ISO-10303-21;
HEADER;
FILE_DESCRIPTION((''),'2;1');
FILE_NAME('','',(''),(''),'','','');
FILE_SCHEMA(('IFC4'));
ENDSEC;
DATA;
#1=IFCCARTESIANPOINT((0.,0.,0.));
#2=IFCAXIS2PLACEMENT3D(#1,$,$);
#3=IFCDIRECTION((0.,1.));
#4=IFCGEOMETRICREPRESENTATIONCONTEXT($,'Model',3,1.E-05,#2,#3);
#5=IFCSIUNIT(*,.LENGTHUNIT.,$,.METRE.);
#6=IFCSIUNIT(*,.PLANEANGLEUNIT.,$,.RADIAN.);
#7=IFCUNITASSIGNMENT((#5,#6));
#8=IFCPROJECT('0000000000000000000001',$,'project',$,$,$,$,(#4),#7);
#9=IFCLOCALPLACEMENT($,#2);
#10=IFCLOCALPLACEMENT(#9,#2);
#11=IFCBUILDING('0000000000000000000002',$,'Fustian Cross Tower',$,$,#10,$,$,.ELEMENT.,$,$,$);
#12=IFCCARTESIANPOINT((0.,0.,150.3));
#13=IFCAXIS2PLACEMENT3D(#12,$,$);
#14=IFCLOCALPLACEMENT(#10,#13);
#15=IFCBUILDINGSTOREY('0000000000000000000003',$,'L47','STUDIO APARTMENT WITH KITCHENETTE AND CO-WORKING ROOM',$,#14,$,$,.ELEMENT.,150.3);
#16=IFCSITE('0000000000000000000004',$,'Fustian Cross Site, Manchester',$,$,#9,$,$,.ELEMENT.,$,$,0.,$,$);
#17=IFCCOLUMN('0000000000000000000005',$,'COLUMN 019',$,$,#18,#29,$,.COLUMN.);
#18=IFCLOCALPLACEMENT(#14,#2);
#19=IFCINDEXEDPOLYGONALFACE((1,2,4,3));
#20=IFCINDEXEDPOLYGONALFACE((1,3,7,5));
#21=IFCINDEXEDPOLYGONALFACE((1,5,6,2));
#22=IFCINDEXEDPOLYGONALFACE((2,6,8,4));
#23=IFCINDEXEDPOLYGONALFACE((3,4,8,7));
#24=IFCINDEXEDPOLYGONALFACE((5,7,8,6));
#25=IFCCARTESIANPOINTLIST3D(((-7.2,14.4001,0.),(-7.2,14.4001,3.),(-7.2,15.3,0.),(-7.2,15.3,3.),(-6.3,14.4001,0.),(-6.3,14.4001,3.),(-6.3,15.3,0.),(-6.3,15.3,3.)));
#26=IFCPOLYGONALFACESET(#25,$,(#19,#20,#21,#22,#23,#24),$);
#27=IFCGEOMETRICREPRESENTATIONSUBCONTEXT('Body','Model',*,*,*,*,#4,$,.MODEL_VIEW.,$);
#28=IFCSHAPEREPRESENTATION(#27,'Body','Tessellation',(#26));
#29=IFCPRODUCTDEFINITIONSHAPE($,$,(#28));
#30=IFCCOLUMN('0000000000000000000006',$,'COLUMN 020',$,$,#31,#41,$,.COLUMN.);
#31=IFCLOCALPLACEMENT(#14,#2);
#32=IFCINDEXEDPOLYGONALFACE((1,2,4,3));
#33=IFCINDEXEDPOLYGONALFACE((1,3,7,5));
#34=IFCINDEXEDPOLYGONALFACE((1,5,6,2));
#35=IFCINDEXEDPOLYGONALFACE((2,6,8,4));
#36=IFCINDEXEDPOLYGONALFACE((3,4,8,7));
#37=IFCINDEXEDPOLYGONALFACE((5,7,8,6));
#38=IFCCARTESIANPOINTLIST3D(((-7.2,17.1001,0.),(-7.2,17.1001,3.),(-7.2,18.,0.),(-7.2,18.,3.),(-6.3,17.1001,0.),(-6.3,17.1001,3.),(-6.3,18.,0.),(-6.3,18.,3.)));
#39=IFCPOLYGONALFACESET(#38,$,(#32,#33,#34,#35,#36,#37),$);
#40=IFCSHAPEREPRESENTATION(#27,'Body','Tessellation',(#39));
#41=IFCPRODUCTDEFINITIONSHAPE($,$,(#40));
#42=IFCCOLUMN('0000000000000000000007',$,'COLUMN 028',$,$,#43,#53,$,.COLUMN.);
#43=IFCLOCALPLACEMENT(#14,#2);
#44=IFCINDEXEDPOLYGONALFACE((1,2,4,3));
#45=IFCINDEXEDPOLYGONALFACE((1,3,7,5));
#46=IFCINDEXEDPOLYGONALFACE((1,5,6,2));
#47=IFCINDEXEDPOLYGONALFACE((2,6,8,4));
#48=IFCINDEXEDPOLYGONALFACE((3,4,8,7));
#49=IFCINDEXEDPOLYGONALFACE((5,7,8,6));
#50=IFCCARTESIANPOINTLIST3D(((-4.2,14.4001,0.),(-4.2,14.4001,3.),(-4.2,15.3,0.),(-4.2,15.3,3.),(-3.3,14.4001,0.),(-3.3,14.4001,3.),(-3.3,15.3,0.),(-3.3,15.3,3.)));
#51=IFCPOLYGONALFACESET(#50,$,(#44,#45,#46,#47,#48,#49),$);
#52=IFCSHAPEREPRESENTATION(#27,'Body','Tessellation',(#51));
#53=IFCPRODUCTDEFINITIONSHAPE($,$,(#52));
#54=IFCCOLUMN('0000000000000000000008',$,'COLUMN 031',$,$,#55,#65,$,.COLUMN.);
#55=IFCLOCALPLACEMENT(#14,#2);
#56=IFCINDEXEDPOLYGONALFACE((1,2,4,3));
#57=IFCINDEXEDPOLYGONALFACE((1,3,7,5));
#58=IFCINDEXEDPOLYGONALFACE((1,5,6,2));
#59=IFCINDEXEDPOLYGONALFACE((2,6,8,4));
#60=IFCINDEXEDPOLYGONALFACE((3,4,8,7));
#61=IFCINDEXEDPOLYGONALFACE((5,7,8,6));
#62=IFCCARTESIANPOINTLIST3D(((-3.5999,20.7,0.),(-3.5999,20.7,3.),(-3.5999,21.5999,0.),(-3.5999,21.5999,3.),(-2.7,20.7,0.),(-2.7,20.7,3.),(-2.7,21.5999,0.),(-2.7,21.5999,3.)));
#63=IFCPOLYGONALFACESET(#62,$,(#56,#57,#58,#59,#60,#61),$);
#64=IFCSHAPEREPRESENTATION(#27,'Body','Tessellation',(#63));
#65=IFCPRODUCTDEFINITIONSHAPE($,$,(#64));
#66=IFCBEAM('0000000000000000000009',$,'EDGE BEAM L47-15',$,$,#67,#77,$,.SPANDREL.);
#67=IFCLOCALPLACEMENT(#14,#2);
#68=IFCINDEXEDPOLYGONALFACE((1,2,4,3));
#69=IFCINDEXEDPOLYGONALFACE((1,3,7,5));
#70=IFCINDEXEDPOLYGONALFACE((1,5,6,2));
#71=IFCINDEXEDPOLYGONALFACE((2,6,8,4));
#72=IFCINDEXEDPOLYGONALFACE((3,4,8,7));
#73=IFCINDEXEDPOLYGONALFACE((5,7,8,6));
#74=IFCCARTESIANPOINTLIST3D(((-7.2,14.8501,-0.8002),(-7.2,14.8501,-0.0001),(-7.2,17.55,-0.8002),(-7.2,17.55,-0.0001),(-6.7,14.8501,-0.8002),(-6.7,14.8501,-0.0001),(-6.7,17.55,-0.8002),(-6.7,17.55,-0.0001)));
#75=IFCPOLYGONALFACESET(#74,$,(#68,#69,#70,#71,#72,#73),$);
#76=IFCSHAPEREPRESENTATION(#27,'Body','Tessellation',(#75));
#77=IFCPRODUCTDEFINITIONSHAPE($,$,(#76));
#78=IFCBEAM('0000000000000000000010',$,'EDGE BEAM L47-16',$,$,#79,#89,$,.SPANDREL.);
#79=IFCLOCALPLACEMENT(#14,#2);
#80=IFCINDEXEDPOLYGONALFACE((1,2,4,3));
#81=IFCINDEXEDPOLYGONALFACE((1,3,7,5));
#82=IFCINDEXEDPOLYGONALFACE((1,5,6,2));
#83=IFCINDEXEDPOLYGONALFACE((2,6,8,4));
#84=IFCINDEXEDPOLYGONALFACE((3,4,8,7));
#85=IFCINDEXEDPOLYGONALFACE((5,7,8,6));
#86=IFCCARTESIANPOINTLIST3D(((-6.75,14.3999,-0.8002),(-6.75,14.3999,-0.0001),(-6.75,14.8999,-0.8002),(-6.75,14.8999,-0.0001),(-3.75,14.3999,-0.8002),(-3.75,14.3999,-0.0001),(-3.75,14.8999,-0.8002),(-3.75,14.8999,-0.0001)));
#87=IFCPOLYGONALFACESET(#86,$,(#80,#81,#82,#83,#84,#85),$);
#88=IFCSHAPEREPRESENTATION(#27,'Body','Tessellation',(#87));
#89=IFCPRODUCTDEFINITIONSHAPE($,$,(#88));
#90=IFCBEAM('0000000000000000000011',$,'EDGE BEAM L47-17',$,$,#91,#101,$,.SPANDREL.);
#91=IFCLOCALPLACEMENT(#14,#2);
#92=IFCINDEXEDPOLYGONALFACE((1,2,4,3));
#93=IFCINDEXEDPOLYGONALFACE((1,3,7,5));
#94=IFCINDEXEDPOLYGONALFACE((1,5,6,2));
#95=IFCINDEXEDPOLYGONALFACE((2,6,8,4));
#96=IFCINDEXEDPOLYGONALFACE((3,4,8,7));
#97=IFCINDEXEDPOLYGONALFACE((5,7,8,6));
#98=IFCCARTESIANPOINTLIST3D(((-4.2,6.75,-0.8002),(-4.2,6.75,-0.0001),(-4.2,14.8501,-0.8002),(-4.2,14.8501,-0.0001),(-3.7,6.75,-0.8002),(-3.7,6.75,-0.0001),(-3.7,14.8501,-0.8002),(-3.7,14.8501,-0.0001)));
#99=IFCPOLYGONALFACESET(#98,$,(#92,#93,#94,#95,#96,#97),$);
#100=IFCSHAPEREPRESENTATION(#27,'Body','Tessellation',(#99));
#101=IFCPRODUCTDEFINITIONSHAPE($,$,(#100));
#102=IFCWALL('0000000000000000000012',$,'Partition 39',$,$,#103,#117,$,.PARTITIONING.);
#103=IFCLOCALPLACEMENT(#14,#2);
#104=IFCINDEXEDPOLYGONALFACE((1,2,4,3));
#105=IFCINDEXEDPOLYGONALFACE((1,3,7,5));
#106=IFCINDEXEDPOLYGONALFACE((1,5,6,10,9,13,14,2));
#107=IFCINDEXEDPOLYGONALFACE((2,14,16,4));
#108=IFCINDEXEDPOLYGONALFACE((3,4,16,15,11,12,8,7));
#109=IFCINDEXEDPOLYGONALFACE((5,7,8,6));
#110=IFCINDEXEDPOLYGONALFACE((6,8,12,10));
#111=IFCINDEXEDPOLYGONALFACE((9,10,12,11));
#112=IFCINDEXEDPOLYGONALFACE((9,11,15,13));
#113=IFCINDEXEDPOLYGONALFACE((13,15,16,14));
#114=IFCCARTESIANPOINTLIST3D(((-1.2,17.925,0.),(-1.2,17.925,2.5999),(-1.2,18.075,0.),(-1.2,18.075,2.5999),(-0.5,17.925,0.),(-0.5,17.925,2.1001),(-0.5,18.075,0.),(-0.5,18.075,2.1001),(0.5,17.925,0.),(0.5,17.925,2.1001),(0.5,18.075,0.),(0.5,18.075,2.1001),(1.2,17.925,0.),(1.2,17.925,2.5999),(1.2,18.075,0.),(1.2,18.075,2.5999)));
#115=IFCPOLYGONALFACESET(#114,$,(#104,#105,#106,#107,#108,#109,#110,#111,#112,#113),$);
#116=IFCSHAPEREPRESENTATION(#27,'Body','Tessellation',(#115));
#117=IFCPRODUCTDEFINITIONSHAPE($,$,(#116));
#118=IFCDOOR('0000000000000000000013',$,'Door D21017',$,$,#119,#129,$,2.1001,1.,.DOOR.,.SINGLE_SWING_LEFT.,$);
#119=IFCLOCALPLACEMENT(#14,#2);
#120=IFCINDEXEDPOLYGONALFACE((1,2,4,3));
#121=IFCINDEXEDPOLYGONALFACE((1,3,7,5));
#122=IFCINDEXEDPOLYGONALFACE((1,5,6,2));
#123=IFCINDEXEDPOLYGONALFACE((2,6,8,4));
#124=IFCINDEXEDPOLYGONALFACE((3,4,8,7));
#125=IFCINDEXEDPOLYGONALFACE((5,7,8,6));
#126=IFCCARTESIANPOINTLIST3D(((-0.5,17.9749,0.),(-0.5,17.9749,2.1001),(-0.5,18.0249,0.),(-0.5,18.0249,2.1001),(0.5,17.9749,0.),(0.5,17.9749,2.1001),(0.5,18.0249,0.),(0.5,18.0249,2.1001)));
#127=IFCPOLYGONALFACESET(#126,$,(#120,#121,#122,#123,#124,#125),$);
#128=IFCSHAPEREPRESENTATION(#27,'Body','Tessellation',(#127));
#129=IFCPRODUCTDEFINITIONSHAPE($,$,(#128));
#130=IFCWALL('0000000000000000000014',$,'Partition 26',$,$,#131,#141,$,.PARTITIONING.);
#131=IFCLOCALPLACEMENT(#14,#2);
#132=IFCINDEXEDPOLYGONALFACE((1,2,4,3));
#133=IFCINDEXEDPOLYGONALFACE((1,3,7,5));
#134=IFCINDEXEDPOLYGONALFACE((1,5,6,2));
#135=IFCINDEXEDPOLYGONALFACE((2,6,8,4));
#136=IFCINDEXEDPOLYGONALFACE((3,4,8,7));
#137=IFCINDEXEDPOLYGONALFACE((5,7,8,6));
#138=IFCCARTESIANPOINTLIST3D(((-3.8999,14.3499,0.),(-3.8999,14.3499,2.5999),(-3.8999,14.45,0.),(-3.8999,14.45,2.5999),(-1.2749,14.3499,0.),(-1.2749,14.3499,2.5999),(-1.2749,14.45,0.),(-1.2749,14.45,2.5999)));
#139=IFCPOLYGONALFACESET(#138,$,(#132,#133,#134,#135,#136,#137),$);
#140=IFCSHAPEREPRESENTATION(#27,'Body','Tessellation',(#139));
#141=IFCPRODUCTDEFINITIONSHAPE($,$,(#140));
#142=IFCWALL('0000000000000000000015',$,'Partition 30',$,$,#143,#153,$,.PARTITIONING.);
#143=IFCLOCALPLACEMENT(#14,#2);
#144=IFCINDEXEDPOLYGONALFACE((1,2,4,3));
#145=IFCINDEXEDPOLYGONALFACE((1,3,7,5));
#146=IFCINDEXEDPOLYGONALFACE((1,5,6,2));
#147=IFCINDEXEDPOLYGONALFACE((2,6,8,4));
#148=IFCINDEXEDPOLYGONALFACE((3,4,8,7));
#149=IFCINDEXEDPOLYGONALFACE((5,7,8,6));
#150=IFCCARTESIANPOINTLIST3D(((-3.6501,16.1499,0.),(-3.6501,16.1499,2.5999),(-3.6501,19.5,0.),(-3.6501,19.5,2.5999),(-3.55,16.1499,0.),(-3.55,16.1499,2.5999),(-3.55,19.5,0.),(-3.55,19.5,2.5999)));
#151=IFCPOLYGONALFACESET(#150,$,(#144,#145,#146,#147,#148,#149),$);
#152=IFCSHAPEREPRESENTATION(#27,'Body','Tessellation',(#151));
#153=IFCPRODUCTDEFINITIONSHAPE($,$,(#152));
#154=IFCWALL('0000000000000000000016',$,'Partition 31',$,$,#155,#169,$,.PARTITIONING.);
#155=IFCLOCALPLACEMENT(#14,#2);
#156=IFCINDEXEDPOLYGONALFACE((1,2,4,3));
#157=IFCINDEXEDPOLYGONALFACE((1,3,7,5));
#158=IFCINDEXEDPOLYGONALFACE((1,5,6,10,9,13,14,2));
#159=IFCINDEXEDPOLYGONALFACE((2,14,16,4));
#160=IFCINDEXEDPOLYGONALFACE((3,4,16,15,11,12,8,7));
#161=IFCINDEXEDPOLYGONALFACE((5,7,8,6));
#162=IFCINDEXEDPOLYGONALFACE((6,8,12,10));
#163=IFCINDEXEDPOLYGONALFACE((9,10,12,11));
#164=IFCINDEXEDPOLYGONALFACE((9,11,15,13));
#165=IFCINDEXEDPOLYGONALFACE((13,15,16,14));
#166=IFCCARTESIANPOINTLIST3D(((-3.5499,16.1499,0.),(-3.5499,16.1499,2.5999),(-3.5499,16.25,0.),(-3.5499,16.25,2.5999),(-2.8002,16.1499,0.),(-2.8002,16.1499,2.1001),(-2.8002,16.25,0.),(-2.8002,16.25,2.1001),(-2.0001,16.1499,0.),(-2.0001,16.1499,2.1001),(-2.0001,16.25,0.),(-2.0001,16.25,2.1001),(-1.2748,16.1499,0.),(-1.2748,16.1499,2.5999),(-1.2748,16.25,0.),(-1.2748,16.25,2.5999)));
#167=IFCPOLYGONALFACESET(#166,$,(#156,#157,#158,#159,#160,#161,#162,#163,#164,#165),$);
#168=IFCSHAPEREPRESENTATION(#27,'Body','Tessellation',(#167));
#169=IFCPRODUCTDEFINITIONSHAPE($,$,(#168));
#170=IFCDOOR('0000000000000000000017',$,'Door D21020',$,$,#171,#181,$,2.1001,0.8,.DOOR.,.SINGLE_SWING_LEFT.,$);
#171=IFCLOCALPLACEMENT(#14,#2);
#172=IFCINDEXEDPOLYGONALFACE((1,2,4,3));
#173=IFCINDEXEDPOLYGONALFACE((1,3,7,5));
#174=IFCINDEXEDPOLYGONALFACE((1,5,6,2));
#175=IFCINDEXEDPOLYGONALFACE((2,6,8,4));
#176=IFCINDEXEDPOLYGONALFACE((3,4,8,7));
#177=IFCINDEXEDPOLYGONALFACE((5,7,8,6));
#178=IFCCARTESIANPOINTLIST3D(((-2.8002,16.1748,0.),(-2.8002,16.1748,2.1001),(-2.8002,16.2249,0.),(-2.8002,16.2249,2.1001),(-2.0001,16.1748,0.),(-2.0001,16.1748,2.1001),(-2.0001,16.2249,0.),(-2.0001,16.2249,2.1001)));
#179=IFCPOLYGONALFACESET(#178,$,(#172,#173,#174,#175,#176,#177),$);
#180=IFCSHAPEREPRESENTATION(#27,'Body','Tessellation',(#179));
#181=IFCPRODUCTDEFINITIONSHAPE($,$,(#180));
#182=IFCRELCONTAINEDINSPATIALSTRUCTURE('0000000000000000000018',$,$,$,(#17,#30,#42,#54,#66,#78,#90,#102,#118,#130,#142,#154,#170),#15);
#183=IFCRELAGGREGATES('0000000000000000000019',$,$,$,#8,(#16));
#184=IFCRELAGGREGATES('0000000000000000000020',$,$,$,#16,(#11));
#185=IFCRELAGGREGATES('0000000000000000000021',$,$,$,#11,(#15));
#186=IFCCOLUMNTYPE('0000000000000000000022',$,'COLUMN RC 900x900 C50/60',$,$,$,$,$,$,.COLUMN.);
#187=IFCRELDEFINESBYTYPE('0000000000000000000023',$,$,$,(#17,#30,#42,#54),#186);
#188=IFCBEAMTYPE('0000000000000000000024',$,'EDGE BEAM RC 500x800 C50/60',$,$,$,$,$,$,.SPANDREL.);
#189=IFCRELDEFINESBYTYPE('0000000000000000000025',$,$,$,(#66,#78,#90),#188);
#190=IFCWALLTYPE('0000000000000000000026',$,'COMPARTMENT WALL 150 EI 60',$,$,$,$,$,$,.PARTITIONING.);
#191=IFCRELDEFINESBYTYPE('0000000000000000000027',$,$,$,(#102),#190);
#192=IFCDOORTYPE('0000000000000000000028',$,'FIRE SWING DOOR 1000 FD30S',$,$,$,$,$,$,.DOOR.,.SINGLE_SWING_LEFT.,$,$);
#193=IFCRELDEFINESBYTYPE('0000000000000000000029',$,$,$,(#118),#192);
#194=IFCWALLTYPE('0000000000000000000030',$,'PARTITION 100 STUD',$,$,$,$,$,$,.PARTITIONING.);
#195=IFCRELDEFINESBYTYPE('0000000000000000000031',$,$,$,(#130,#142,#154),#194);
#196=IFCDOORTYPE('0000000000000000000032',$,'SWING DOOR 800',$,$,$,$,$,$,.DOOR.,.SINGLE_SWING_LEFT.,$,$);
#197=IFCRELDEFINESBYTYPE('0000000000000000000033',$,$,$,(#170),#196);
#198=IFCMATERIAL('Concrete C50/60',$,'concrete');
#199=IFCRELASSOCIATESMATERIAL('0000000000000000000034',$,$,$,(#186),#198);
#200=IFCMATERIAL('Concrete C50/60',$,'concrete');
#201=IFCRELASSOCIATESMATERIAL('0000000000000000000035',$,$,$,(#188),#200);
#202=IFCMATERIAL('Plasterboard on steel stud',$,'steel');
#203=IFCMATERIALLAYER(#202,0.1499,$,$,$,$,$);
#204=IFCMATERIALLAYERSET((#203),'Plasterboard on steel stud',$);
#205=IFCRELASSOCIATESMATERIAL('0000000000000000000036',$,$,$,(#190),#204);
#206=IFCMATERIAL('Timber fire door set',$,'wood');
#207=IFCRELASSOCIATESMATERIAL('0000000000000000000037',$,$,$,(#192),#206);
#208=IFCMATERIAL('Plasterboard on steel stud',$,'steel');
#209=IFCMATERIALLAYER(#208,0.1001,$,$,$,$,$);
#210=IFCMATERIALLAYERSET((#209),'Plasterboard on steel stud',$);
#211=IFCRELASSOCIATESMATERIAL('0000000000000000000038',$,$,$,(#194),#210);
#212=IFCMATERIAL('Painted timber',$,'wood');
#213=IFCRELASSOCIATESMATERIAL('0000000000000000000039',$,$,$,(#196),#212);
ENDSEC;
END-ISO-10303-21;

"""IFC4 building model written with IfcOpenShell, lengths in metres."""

from ifc_helpers import new_model, si_unit, direction, frame, frame_2d, origin, origin_2d, place, context, subcontext, project, spatial, rectangle, extrude, material, layer, layer_set, material_profile, profile_set, type_object, element, fill, save


model = new_model("IFC4")

# Units and contexts
model_context = context("Model", 3, precision=1e-05, world=origin(), true_north=direction((0.0, 1.0)))
body_context = subcontext(model_context, "Body", "Model", "MODEL_VIEW")
ifc_project = project(units=[si_unit("LENGTHUNIT", "METRE"), si_unit("PLANEANGLEUNIT", "RADIAN")], contexts=[model_context])

# Site, building, storey
site_placement = place(None, origin())
site = spatial("IfcSite", under=ifc_project, at=site_placement, Name="Fustian Cross Site, Manchester", CompositionType="ELEMENT", RefElevation=0.0)
building_placement = place(site_placement, origin())
building = spatial("IfcBuilding", under=site, at=building_placement, Name="Fustian Cross Tower", CompositionType="ELEMENT")
storey_placement = place(building_placement, frame((0.0, 0.0, 150.3)))
storey = spatial("IfcBuildingStorey", under=building, at=storey_placement, Name="L47", Description="STUDIO APARTMENT WITH KITCHENETTE AND CO-WORKING ROOM", CompositionType="ELEMENT", Elevation=150.3)

# Columns
ifc_material_1 = material(Name="Concrete C50/60", Category="concrete")
ifc_material_profile_1 = material_profile(ifc_material_1, rectangle(XDim=0.8999, YDim=0.8999, at=origin_2d()), Name="RC 900x900")
ifc_profile_set_1 = profile_set([ifc_material_profile_1], Name="Concrete C50/60")
column_type = type_object("IfcColumnType", Name="COLUMN RC 900x900 C50/60", PredefinedType="COLUMN", material=ifc_profile_set_1)
for number, where, z_axis, x_axis, name in (
    (1, (-6.75, 14.8501, 0.0), (0.0, 0.0, 1.0), (1.0, 0.0, 0.0), "COLUMN 019"),
    (2, (-6.75, 17.55, 0.0), (0.0, 0.0, 1.0), (1.0, 0.0, 0.0), "COLUMN 020"),
    (3, (-3.75, 14.8501, 0.0), (0.0, 0.0, 1.0), (1.0, 0.0, 0.0), "COLUMN 028"),
    (4, (-3.1499, 21.1499, 0.0), (0.0, 0.0, 1.0), (1.0, 0.0, 0.0), "COLUMN 031"),
):
    element("IfcColumn", number, at=place(storey_placement, frame(where, z_axis=z_axis, x_axis=x_axis)), inside=storey, type_object=column_type, Name=name, PredefinedType="COLUMN", context=body_context, shape_type="SweptSolid", body=[
        extrude(rectangle(XDim=0.8999, YDim=0.8999, at=origin_2d()), origin(), (0.0, 0.0, 1.0), 3.0),
    ])

# Beams
ifc_material_2 = material(Name="Concrete C50/60", Category="concrete")
ifc_material_profile_2 = material_profile(ifc_material_2, rectangle(XDim=0.5, YDim=0.8, at=origin_2d()), Name="RC 500x800")
ifc_profile_set_2 = profile_set([ifc_material_profile_2], Name="Concrete C50/60")
beam_type = type_object("IfcBeamType", Name="EDGE BEAM RC 500x800 C50/60", PredefinedType="SPANDREL", material=ifc_profile_set_2)
beam_1_placement = place(storey_placement, frame((-6.95, 17.55, -0.4001), z_axis=(0.0, -1.0, 0.0), x_axis=(1.0, 0.0, 0.0)))
element("IfcBeam", 5, at=beam_1_placement, inside=storey, type_object=beam_type, Name="EDGE BEAM L47-15", PredefinedType="SPANDREL", context=body_context, shape_type="SweptSolid", body=[
    extrude(rectangle(XDim=0.5, YDim=0.8, at=origin_2d()), origin(), (0.0, 0.0, 1.0), 2.7),
])
beam_2_placement = place(storey_placement, frame((-6.75, 14.6499, -0.4001), z_axis=(1.0, 0.0, 0.0), x_axis=(0.0, 1.0, 0.0)))
element("IfcBeam", 6, at=beam_2_placement, inside=storey, type_object=beam_type, Name="EDGE BEAM L47-16", PredefinedType="SPANDREL", context=body_context, shape_type="SweptSolid", body=[
    extrude(rectangle(XDim=0.5, YDim=0.8, at=origin_2d()), origin(), (0.0, 0.0, 1.0), 3.0),
])
beam_3_placement = place(storey_placement, frame((-3.95, 14.8501, -0.4001), z_axis=(0.0, -1.0, 0.0), x_axis=(1.0, 0.0, 0.0)))
element("IfcBeam", 7, at=beam_3_placement, inside=storey, type_object=beam_type, Name="EDGE BEAM L47-17", PredefinedType="SPANDREL", context=body_context, shape_type="SweptSolid", body=[
    extrude(rectangle(XDim=0.5, YDim=0.8, at=origin_2d()), origin(), (0.0, 0.0, 1.0), 8.1001),
])

# Wall, opening, door
ifc_material_3 = material(Name="Plasterboard on steel stud", Category="steel")
ifc_layer_1 = layer(ifc_material_3, 0.1499)
ifc_layer_set_1 = layer_set([ifc_layer_1], Name="Plasterboard on steel stud")
wall_type_1 = type_object("IfcWallType", Name="COMPARTMENT WALL 150 EI 60", PredefinedType="PARTITIONING", material=ifc_layer_set_1)
wall_1_placement = place(storey_placement, frame((-1.2, 18.0, 0.0), z_axis=(0.0, 0.0, 1.0), x_axis=(1.0, 0.0, 0.0)))
wall_1 = element("IfcWall", 8, at=wall_1_placement, inside=storey, type_object=wall_type_1, Name="Partition 39", PredefinedType="PARTITIONING", context=body_context, shape_type="SweptSolid", body=[
    extrude(rectangle(XDim=2.3999, YDim=0.1499, at=frame_2d((1.2, 0.0))), origin(), (0.0, 0.0, 1.0), 2.5999),
])
opening_1_placement = place(wall_1_placement, frame((0.7, 0.0, 0.0)))
opening_1 = element("IfcOpeningElement", 9, at=opening_1_placement, cuts=wall_1, PredefinedType="OPENING", context=body_context, shape_type="SweptSolid", body=[
    extrude(rectangle(XDim=1.0, YDim=2.1001, at=frame_2d((0.5, 1.05))), frame((0.0, 0.085, 0.0), z_axis=(0.0, -1.0, 0.0), x_axis=(1.0, 0.0, 0.0)), (0.0, 0.0, 1.0), 0.1699),
])
ifc_material_4 = material(Name="Timber fire door set", Category="wood")
door_type_1 = type_object("IfcDoorType", Name="FIRE SWING DOOR 1000 FD30S", OperationType="SINGLE_SWING_LEFT", PredefinedType="DOOR", material=ifc_material_4)
door_1_placement = place(opening_1_placement, origin())
door_1 = element("IfcDoor", 10, at=door_1_placement, inside=storey, type_object=door_type_1, Name="Door D21017", OperationType="SINGLE_SWING_LEFT", OverallHeight=2.1001, OverallWidth=1.0, PredefinedType="DOOR", context=body_context, shape_type="SweptSolid", body=[
    extrude(rectangle(XDim=1.0, YDim=2.1001, at=frame_2d((0.5, 1.05))), frame((0.0, 0.0249, 0.0), z_axis=(0.0, -1.0, 0.0), x_axis=(1.0, 0.0, 0.0)), (0.0, 0.0, 1.0), 0.05),
])
fill(opening_1, door_1)

# Walls
ifc_material_5 = material(Name="Plasterboard on steel stud", Category="steel")
ifc_layer_2 = layer(ifc_material_5, 0.1001)
ifc_layer_set_2 = layer_set([ifc_layer_2], Name="Plasterboard on steel stud")
wall_type_2 = type_object("IfcWallType", Name="PARTITION 100 STUD", PredefinedType="PARTITIONING", material=ifc_layer_set_2)
wall_2_placement = place(storey_placement, frame((-3.8999, 14.3999, 0.0), z_axis=(0.0, 0.0, 1.0), x_axis=(1.0, 0.0, 0.0)))
element("IfcWall", 11, at=wall_2_placement, inside=storey, type_object=wall_type_2, Name="Partition 26", PredefinedType="PARTITIONING", context=body_context, shape_type="SweptSolid", body=[
    extrude(rectangle(XDim=2.625, YDim=0.1001, at=frame_2d((1.3125, 0.0))), origin(), (0.0, 0.0, 1.0), 2.5999),
])
wall_3_placement = place(storey_placement, frame((-3.6001, 16.1499, 0.0), z_axis=(0.0, 0.0, 1.0), x_axis=(0.0, 1.0, 0.0)))
element("IfcWall", 12, at=wall_3_placement, inside=storey, type_object=wall_type_2, Name="Partition 30", PredefinedType="PARTITIONING", context=body_context, shape_type="SweptSolid", body=[
    extrude(rectangle(XDim=3.3501, YDim=0.1001, at=frame_2d((1.675, 0.0))), origin(), (0.0, 0.0, 1.0), 2.5999),
])

# Wall, opening, door
wall_4_placement = place(storey_placement, frame((-3.55, 16.2, 0.0), z_axis=(0.0, 0.0, 1.0), x_axis=(1.0, 0.0, 0.0)))
wall_4 = element("IfcWall", 13, at=wall_4_placement, inside=storey, type_object=wall_type_2, Name="Partition 31", PredefinedType="PARTITIONING", context=body_context, shape_type="SweptSolid", body=[
    extrude(rectangle(XDim=2.2751, YDim=0.1001, at=frame_2d((1.1377, 0.0))), origin(), (0.0, 0.0, 1.0), 2.5999),
])
opening_2_placement = place(wall_4_placement, frame((0.75, 0.0, 0.0)))
opening_2 = element("IfcOpeningElement", 14, at=opening_2_placement, cuts=wall_4, PredefinedType="OPENING", context=body_context, shape_type="SweptSolid", body=[
    extrude(rectangle(XDim=0.8, YDim=2.1001, at=frame_2d((0.3999, 1.05))), frame((0.0, 0.0601, 0.0), z_axis=(0.0, -1.0, 0.0), x_axis=(1.0, 0.0, 0.0)), (0.0, 0.0, 1.0), 0.1201),
])
ifc_material_6 = material(Name="Painted timber", Category="wood")
door_type_2 = type_object("IfcDoorType", Name="SWING DOOR 800", OperationType="SINGLE_SWING_LEFT", PredefinedType="DOOR", material=ifc_material_6)
door_2_placement = place(opening_2_placement, origin())
door_2 = element("IfcDoor", 15, at=door_2_placement, inside=storey, type_object=door_type_2, Name="Door D21020", OperationType="SINGLE_SWING_LEFT", OverallHeight=2.1001, OverallWidth=0.8, PredefinedType="DOOR", context=body_context, shape_type="SweptSolid", body=[
    extrude(rectangle(XDim=0.8, YDim=2.1001, at=frame_2d((0.3999, 1.05))), frame((0.0, 0.0249, 0.0), z_axis=(0.0, -1.0, 0.0), x_axis=(1.0, 0.0, 0.0)), (0.0, 0.0, 1.0), 0.05),
])
fill(opening_2, door_2)

save(model, "model.ifc")
